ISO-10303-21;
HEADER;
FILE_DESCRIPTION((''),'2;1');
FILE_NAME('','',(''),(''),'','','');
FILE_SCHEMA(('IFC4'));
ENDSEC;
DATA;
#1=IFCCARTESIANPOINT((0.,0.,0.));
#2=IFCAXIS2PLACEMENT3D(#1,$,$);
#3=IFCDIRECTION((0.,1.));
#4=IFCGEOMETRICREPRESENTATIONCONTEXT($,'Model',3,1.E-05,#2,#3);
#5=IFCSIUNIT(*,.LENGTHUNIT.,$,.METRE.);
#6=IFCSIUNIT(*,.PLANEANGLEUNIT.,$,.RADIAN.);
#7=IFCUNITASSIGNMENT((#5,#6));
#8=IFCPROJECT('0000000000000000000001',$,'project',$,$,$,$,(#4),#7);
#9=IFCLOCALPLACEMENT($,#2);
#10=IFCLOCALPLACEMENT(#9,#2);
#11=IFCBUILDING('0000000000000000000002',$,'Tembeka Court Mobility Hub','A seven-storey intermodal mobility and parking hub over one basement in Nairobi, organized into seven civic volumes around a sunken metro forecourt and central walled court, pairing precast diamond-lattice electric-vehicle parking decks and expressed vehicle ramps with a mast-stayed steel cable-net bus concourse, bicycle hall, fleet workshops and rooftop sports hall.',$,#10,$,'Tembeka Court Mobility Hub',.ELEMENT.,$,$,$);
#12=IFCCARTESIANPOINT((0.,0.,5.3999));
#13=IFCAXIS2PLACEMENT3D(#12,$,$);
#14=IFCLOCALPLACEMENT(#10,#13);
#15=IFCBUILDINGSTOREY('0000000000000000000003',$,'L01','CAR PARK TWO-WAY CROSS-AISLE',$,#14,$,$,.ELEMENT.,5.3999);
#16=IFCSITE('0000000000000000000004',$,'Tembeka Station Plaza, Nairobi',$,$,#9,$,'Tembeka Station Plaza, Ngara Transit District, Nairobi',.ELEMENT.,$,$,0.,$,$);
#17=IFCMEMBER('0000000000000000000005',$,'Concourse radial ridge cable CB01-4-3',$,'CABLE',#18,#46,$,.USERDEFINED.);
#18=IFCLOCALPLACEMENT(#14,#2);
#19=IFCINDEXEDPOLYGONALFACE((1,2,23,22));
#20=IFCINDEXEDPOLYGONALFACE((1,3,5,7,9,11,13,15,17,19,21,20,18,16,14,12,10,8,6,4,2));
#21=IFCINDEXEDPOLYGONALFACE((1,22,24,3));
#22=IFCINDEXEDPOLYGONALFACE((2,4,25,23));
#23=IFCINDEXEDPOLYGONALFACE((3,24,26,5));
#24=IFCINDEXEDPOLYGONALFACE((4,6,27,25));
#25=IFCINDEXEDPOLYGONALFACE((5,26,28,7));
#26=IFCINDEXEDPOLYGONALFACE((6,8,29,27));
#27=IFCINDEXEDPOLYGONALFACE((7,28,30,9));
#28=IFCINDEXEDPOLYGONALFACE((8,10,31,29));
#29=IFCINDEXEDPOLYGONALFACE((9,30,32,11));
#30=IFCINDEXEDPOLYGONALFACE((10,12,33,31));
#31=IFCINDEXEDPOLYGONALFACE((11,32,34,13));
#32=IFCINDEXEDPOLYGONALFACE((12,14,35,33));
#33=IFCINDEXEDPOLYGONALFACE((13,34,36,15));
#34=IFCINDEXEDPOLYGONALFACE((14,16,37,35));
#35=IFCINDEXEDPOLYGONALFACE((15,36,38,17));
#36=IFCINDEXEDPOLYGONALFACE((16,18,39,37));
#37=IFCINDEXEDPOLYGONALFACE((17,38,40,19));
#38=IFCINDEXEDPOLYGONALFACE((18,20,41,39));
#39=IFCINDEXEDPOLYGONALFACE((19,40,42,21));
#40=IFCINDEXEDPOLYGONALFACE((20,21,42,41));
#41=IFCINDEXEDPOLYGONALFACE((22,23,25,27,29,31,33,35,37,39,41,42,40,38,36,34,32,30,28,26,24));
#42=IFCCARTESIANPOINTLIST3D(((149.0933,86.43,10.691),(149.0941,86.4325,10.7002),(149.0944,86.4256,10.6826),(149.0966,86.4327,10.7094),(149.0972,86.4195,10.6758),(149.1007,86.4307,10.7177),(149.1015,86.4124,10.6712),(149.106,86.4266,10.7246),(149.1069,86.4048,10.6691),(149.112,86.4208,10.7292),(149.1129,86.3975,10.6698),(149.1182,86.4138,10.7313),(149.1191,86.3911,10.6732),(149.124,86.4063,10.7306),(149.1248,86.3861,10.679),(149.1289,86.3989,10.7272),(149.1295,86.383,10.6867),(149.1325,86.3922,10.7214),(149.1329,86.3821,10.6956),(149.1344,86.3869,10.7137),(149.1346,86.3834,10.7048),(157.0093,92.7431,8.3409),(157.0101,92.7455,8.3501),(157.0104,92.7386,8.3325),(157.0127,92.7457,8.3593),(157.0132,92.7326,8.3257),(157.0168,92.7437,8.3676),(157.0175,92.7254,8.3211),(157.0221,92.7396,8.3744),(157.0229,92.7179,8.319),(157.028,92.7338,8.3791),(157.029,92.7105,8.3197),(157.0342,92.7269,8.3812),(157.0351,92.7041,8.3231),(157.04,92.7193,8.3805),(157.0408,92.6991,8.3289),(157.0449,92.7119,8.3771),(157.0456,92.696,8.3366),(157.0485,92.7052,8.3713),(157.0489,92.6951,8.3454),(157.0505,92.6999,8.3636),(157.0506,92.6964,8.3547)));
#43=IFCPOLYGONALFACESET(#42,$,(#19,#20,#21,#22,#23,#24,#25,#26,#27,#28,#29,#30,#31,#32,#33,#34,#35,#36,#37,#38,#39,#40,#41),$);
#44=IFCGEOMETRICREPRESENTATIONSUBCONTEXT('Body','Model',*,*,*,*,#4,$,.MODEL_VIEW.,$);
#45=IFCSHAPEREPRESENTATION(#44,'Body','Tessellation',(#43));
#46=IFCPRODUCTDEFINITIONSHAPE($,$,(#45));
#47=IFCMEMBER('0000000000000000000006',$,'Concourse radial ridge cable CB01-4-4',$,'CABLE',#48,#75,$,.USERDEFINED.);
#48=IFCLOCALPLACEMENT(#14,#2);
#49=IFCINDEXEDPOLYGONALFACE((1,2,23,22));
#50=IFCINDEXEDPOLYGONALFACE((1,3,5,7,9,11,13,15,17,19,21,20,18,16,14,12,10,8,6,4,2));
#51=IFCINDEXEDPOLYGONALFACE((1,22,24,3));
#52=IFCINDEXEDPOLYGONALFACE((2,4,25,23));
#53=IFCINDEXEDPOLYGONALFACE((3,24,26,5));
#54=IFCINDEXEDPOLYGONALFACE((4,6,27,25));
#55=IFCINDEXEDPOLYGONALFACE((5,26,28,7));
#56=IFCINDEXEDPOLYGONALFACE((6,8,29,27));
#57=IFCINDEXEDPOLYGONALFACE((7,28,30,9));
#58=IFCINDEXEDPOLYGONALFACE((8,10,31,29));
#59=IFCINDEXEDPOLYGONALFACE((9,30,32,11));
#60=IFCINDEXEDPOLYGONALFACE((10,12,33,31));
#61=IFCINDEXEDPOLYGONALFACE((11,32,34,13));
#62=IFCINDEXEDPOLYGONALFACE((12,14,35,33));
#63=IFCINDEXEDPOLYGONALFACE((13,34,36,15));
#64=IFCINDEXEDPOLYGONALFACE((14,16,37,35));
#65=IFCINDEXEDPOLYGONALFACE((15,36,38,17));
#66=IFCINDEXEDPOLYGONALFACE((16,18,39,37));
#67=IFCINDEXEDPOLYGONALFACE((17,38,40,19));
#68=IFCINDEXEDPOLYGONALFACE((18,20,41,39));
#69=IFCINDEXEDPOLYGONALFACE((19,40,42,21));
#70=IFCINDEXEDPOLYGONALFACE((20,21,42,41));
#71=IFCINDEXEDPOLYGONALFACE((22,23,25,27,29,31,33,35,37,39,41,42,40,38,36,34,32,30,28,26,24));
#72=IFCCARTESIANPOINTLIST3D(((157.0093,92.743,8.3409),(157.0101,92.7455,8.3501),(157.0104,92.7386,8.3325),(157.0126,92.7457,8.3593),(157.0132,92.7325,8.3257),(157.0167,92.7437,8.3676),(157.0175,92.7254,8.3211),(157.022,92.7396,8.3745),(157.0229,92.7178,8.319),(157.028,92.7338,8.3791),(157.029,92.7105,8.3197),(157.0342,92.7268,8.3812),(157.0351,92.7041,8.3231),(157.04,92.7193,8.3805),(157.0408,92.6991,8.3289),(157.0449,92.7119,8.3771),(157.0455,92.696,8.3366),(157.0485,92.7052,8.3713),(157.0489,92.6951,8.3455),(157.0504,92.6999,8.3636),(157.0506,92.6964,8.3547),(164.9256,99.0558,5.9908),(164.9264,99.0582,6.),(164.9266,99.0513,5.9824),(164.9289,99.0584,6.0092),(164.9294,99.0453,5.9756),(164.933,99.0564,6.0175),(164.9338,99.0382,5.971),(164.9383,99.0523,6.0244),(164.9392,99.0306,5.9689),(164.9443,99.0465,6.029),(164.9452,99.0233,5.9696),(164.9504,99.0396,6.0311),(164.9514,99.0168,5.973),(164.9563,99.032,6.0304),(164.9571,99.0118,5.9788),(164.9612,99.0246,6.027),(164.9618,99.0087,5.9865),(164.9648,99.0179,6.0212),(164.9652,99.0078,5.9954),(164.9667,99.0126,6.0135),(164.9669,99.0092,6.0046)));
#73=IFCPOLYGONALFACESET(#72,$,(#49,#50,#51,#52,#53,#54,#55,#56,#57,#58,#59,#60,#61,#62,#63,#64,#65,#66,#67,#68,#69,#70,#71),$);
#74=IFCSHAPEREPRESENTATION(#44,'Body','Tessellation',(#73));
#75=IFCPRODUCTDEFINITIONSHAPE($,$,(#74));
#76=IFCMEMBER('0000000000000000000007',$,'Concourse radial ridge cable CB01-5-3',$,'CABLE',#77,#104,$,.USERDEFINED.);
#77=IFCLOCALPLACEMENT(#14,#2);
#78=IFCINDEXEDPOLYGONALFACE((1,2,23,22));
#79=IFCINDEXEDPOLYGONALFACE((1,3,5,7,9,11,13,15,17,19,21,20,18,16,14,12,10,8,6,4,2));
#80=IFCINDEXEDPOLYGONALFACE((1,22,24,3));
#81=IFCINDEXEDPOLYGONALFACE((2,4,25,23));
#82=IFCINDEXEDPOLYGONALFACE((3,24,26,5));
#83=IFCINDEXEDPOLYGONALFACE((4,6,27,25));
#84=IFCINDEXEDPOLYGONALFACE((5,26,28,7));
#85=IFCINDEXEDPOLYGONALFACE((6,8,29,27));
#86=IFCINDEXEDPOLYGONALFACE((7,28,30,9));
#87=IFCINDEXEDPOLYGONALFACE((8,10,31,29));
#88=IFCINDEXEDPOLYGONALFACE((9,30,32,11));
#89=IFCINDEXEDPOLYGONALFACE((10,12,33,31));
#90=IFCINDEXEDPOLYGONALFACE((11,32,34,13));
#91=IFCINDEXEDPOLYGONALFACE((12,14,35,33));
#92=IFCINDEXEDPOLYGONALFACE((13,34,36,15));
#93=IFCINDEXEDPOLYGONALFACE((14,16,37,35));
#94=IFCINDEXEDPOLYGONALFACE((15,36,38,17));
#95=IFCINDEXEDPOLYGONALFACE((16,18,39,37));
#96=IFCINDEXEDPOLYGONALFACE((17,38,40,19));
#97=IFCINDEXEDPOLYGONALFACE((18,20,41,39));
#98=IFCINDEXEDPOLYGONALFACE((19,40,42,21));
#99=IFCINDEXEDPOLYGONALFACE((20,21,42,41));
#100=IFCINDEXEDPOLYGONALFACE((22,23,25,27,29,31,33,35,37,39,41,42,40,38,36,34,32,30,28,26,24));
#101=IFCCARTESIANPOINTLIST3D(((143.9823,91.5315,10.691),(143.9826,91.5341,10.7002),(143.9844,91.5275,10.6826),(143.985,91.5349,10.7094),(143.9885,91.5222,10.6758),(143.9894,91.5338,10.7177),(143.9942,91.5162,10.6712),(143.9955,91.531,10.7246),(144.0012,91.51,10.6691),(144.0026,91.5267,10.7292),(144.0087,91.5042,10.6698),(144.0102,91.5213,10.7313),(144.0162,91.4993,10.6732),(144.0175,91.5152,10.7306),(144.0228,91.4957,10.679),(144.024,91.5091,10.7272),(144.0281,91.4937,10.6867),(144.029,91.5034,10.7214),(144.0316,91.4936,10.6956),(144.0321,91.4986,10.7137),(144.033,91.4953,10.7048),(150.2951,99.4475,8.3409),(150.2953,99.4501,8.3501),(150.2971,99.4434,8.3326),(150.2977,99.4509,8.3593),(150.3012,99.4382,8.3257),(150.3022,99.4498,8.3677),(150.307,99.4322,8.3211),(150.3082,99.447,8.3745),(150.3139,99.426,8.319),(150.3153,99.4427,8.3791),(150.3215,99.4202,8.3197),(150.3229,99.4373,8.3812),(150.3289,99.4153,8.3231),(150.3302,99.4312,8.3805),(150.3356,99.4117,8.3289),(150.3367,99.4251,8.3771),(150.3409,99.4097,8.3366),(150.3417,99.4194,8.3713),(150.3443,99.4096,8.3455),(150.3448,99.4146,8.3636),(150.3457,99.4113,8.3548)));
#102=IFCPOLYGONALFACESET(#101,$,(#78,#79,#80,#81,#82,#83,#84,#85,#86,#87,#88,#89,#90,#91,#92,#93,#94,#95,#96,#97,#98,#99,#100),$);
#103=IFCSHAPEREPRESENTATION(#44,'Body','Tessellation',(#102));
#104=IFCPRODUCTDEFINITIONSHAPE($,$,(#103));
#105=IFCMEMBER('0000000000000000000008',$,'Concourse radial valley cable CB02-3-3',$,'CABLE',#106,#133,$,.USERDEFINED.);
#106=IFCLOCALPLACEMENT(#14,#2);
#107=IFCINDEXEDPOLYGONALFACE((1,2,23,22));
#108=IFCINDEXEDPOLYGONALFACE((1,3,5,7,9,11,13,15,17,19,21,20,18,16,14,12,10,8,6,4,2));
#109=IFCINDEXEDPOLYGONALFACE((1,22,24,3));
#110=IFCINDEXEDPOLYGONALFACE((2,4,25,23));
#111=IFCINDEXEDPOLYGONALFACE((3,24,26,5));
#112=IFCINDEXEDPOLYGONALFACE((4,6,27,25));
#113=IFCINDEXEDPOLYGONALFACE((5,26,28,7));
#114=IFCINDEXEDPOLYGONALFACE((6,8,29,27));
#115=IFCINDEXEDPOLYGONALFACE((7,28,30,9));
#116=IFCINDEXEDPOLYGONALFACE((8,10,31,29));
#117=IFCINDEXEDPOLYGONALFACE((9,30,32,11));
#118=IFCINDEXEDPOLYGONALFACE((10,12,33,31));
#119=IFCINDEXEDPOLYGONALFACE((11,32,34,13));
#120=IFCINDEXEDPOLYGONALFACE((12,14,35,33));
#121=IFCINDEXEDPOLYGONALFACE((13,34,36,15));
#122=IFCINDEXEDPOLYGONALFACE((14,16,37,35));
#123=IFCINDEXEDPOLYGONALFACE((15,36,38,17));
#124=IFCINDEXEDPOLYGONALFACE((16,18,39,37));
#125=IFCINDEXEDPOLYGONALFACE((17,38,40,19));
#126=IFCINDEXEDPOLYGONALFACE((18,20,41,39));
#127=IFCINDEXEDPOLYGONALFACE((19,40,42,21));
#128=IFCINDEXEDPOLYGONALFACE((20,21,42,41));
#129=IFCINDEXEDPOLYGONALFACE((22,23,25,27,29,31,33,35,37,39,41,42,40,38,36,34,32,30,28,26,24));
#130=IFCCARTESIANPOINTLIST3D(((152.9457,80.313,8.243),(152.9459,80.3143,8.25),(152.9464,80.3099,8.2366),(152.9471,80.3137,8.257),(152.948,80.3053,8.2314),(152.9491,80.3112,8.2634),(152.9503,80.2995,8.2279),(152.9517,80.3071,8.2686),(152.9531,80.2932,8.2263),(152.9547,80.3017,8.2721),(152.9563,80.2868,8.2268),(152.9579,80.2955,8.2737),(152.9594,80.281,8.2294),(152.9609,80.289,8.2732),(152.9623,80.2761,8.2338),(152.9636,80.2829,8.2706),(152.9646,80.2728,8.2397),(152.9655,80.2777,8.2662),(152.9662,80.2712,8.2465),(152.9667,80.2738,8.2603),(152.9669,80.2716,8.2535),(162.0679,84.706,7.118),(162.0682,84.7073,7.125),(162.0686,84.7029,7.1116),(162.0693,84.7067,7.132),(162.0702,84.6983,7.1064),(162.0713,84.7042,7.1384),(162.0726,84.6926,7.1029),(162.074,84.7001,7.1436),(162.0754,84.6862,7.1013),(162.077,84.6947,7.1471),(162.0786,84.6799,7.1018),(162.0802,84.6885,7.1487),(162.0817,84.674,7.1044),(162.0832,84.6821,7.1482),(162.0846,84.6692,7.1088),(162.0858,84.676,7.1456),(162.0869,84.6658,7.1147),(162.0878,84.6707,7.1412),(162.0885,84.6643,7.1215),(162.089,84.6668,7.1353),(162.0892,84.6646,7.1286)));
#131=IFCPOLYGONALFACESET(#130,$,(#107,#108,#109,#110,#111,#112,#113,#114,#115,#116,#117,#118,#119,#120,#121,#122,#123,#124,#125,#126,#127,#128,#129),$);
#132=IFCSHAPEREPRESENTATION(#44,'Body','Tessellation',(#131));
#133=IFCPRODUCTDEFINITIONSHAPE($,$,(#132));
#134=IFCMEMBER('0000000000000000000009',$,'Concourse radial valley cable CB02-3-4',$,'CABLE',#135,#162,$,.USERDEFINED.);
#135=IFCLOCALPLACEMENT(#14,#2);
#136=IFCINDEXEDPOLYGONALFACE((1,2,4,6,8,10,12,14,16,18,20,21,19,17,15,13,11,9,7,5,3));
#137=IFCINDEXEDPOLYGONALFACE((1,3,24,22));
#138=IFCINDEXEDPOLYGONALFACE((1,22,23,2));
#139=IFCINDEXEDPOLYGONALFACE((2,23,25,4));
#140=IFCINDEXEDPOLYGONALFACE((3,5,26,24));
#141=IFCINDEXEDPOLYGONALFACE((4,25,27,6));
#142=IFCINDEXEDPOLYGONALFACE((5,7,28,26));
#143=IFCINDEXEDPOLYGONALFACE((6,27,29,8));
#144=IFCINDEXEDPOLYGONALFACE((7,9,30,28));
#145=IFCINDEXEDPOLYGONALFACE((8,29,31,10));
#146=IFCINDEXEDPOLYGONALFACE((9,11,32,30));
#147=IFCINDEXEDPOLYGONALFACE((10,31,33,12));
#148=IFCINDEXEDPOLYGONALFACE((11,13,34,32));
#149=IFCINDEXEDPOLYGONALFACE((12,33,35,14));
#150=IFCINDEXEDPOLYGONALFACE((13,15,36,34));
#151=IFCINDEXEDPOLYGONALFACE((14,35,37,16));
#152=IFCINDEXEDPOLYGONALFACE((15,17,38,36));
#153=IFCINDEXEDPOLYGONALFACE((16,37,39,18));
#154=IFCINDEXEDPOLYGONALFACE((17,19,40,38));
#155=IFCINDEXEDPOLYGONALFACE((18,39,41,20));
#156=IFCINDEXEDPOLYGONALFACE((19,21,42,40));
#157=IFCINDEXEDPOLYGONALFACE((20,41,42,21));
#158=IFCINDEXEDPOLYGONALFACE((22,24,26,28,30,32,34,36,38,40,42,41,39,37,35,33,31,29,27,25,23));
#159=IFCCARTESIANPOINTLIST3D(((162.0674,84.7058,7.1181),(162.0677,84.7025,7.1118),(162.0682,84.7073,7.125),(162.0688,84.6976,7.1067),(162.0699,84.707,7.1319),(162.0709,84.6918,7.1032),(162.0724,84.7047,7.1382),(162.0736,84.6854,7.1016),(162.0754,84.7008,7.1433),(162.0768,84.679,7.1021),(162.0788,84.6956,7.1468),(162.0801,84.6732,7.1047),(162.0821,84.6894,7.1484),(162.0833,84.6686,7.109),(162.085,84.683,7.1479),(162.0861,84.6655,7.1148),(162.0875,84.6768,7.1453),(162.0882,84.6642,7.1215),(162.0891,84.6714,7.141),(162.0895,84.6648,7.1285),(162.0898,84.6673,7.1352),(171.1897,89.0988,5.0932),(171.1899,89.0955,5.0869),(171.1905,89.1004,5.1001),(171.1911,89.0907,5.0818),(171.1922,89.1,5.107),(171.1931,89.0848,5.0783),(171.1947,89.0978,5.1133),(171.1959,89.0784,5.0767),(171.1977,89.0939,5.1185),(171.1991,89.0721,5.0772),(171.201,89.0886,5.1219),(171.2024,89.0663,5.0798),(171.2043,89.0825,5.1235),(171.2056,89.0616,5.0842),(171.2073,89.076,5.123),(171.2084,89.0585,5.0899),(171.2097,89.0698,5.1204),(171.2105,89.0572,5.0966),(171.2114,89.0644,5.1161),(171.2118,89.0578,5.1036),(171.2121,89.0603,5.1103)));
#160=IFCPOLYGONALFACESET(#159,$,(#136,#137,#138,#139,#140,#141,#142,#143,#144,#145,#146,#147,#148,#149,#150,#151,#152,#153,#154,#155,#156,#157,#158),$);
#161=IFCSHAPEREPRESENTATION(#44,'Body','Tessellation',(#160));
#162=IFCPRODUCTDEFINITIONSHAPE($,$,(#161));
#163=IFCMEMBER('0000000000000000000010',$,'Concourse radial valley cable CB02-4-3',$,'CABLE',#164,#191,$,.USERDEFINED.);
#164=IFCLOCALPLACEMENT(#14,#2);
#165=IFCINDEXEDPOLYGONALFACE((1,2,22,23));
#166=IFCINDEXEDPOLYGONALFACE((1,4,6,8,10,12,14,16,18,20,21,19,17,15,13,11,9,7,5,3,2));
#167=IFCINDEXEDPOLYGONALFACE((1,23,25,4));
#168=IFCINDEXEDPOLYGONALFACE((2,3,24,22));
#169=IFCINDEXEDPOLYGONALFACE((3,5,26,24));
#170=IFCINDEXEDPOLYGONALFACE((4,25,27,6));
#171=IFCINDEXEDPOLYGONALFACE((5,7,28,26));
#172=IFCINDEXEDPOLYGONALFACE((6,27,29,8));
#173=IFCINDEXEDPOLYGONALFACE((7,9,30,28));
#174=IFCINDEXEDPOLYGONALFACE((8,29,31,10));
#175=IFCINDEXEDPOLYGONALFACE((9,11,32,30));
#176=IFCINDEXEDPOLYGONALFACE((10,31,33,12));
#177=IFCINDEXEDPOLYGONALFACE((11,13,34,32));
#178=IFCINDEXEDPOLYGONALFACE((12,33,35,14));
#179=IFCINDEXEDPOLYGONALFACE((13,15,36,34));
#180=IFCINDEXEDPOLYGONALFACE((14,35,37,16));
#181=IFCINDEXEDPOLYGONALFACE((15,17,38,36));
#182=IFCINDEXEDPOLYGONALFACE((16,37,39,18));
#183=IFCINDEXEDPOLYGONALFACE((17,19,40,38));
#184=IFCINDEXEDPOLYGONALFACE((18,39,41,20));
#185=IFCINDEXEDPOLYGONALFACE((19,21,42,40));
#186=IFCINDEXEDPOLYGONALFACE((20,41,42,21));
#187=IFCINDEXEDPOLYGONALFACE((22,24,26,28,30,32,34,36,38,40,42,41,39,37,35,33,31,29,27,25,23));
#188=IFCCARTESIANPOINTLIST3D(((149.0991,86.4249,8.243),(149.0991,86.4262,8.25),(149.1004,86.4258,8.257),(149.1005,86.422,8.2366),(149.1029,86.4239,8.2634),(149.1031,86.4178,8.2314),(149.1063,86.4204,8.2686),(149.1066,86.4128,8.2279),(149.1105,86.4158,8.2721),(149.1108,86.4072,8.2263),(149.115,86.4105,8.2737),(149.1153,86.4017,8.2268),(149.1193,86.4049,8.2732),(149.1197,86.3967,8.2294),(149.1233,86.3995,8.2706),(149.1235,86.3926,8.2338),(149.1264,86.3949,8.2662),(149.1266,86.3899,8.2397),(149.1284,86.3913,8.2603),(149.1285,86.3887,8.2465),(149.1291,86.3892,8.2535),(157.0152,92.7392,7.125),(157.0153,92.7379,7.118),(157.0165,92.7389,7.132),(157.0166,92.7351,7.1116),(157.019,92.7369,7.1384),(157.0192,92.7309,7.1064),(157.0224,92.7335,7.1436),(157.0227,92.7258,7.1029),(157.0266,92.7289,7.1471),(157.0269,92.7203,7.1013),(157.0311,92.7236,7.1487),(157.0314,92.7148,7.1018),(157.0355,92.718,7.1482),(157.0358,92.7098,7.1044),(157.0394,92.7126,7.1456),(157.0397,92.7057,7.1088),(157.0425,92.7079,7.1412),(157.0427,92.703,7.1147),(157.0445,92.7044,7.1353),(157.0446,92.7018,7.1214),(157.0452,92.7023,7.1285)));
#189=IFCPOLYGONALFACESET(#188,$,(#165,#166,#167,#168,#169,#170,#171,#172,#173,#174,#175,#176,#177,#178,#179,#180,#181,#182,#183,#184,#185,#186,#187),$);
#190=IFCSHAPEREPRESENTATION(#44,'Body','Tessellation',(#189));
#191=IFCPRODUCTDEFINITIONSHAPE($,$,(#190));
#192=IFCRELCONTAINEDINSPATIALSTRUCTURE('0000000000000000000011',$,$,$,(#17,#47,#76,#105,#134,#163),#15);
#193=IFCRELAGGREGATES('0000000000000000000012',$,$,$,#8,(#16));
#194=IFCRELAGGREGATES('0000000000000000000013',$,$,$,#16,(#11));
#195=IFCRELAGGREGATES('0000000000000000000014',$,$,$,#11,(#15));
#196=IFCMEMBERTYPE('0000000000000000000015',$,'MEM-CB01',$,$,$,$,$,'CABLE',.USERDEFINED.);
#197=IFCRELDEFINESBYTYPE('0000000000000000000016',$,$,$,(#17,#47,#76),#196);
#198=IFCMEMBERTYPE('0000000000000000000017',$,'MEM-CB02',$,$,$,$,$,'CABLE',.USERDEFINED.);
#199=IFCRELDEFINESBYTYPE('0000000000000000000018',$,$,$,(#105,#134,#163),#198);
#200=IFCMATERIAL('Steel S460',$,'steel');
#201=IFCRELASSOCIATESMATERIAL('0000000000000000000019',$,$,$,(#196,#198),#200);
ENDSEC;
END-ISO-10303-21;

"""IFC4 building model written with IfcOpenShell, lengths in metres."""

from ifc_helpers import new_model, si_unit, direction, frame, origin, origin_2d, place, context, subcontext, project, spatial, circle, extrude, material, material_profile, profile_set, type_object, element, save


model = new_model("IFC4")

# Units and contexts
model_context = context("Model", 3, precision=1e-05, world=origin(), true_north=direction((0.0, 1.0)))
body_context = subcontext(model_context, "Body", "Model", "MODEL_VIEW")
ifc_project = project(units=[si_unit("LENGTHUNIT", "METRE"), si_unit("PLANEANGLEUNIT", "RADIAN")], contexts=[model_context])

# Site, building, storey
site_placement = place(None, origin())
site = spatial("IfcSite", under=ifc_project, at=site_placement, Name="Tembeka Station Plaza, Nairobi", LongName="Tembeka Station Plaza, Ngara Transit District, Nairobi", CompositionType="ELEMENT", RefElevation=0.0)
building_placement = place(site_placement, origin())
building = spatial("IfcBuilding", under=site, at=building_placement, Name="Tembeka Court Mobility Hub", Description="A seven-storey intermodal mobility and parking hub over one basement in Nairobi, organized into seven civic volumes around a sunken metro forecourt and central walled court, pairing precast diamond-lattice electric-vehicle parking decks and expressed vehicle ramps with a mast-stayed steel cable-net bus concourse, bicycle hall, fleet workshops and rooftop sports hall.", LongName="Tembeka Court Mobility Hub", CompositionType="ELEMENT")
storey_placement = place(building_placement, frame((0.0, 0.0, 5.3999)))
storey = spatial("IfcBuildingStorey", under=building, at=storey_placement, Name="L01", Description="CAR PARK TWO-WAY CROSS-AISLE", CompositionType="ELEMENT", Elevation=5.3999)

# Members
ifc_material_1 = material(Name="Steel S460", Category="steel")
ifc_material_profile_1 = material_profile(ifc_material_1, circle(Radius=0.032, at=origin_2d()), Name="CABLE D64")
ifc_profile_set_1 = profile_set([ifc_material_profile_1], Name="Steel S460")
member_type_1 = type_object("IfcMemberType", Name="MEM-CB01", ElementType="CABLE", PredefinedType="USERDEFINED", material=ifc_profile_set_1)
for number, where, z_axis, x_axis, name in (
    (1, (149.114, 86.4075, 10.7002), (0.761578, 0.607355, -0.226096), (-0.6235, 0.781823, 0.0), "Concourse radial ridge cable CB01-4-3"),
    (2, (157.03, 92.7205, 8.3501), (0.761598, 0.607329, -0.226095), (-0.623474, 0.781844, 0.0), "Concourse radial ridge cable CB01-4-4"),
):
    element("IfcMember", number, at=place(storey_placement, frame(where, z_axis=z_axis, x_axis=x_axis)), inside=storey, type_object=member_type_1, Name=name, ObjectType="CABLE", PredefinedType="USERDEFINED", context=body_context, shape_type="SweptSolid", body=[
        extrude(circle(Radius=0.032, at=origin_2d()), origin(), (0.0, 0.0, 1.0), 10.3943),
    ])
member_1_placement = place(storey_placement, frame((144.0076, 91.5142, 10.7002), z_axis=(0.60734, 0.761589, -0.2261), x_axis=(-0.781835, 0.623486, 0.0)))
element("IfcMember", 3, at=member_1_placement, inside=storey, type_object=member_type_1, Name="Concourse radial ridge cable CB01-5-3", ObjectType="CABLE", PredefinedType="USERDEFINED", context=body_context, shape_type="SweptSolid", body=[
    extrude(circle(Radius=0.032, at=origin_2d()), origin(), (0.0, 0.0, 1.0), 10.394),
])
ifc_material_profile_2 = material_profile(ifc_material_1, circle(Radius=0.0239, at=origin_2d()), Name="CABLE D48")
ifc_profile_set_2 = profile_set([ifc_material_profile_2], Name="Steel S460")
member_type_2 = type_object("IfcMemberType", Name="MEM-CB02", ElementType="CABLE", PredefinedType="USERDEFINED", material=ifc_profile_set_2)
member_2_placement = place(storey_placement, frame((152.9563, 80.2927, 8.25), z_axis=(0.895459, 0.431229, -0.110432), x_axis=(-0.433883, 0.900969, 0.0)))
element("IfcMember", 4, at=member_2_placement, inside=storey, type_object=member_type_2, Name="Concourse radial valley cable CB02-3-3", ObjectType="CABLE", PredefinedType="USERDEFINED", context=body_context, shape_type="SweptSolid", body=[
    extrude(circle(Radius=0.0239, at=origin_2d()), origin(), (0.0, 0.0, 1.0), 10.1873),
])
member_3_placement = place(storey_placement, frame((162.0786, 84.6858, 7.125), z_axis=(0.883475, 0.425458, -0.196107), x_axis=(-0.433883, 0.900969, 0.0)))
element("IfcMember", 5, at=member_3_placement, inside=storey, type_object=member_type_2, Name="Concourse radial valley cable CB02-3-4", ObjectType="CABLE", PredefinedType="USERDEFINED", context=body_context, shape_type="SweptSolid", body=[
    extrude(circle(Radius=0.0239, at=origin_2d()), origin(), (0.0, 0.0, 1.0), 10.3254),
])
member_4_placement = place(storey_placement, frame((149.114, 86.4075, 8.25), z_axis=(0.777041, 0.619687, -0.110431), x_axis=(-0.6235, 0.781823, 0.0)))
element("IfcMember", 6, at=member_4_placement, inside=storey, type_object=member_type_2, Name="Concourse radial valley cable CB02-4-3", ObjectType="CABLE", PredefinedType="USERDEFINED", context=body_context, shape_type="SweptSolid", body=[
    extrude(circle(Radius=0.0239, at=origin_2d()), origin(), (0.0, 0.0, 1.0), 10.1875),
])

save(model, "model.ifc")
